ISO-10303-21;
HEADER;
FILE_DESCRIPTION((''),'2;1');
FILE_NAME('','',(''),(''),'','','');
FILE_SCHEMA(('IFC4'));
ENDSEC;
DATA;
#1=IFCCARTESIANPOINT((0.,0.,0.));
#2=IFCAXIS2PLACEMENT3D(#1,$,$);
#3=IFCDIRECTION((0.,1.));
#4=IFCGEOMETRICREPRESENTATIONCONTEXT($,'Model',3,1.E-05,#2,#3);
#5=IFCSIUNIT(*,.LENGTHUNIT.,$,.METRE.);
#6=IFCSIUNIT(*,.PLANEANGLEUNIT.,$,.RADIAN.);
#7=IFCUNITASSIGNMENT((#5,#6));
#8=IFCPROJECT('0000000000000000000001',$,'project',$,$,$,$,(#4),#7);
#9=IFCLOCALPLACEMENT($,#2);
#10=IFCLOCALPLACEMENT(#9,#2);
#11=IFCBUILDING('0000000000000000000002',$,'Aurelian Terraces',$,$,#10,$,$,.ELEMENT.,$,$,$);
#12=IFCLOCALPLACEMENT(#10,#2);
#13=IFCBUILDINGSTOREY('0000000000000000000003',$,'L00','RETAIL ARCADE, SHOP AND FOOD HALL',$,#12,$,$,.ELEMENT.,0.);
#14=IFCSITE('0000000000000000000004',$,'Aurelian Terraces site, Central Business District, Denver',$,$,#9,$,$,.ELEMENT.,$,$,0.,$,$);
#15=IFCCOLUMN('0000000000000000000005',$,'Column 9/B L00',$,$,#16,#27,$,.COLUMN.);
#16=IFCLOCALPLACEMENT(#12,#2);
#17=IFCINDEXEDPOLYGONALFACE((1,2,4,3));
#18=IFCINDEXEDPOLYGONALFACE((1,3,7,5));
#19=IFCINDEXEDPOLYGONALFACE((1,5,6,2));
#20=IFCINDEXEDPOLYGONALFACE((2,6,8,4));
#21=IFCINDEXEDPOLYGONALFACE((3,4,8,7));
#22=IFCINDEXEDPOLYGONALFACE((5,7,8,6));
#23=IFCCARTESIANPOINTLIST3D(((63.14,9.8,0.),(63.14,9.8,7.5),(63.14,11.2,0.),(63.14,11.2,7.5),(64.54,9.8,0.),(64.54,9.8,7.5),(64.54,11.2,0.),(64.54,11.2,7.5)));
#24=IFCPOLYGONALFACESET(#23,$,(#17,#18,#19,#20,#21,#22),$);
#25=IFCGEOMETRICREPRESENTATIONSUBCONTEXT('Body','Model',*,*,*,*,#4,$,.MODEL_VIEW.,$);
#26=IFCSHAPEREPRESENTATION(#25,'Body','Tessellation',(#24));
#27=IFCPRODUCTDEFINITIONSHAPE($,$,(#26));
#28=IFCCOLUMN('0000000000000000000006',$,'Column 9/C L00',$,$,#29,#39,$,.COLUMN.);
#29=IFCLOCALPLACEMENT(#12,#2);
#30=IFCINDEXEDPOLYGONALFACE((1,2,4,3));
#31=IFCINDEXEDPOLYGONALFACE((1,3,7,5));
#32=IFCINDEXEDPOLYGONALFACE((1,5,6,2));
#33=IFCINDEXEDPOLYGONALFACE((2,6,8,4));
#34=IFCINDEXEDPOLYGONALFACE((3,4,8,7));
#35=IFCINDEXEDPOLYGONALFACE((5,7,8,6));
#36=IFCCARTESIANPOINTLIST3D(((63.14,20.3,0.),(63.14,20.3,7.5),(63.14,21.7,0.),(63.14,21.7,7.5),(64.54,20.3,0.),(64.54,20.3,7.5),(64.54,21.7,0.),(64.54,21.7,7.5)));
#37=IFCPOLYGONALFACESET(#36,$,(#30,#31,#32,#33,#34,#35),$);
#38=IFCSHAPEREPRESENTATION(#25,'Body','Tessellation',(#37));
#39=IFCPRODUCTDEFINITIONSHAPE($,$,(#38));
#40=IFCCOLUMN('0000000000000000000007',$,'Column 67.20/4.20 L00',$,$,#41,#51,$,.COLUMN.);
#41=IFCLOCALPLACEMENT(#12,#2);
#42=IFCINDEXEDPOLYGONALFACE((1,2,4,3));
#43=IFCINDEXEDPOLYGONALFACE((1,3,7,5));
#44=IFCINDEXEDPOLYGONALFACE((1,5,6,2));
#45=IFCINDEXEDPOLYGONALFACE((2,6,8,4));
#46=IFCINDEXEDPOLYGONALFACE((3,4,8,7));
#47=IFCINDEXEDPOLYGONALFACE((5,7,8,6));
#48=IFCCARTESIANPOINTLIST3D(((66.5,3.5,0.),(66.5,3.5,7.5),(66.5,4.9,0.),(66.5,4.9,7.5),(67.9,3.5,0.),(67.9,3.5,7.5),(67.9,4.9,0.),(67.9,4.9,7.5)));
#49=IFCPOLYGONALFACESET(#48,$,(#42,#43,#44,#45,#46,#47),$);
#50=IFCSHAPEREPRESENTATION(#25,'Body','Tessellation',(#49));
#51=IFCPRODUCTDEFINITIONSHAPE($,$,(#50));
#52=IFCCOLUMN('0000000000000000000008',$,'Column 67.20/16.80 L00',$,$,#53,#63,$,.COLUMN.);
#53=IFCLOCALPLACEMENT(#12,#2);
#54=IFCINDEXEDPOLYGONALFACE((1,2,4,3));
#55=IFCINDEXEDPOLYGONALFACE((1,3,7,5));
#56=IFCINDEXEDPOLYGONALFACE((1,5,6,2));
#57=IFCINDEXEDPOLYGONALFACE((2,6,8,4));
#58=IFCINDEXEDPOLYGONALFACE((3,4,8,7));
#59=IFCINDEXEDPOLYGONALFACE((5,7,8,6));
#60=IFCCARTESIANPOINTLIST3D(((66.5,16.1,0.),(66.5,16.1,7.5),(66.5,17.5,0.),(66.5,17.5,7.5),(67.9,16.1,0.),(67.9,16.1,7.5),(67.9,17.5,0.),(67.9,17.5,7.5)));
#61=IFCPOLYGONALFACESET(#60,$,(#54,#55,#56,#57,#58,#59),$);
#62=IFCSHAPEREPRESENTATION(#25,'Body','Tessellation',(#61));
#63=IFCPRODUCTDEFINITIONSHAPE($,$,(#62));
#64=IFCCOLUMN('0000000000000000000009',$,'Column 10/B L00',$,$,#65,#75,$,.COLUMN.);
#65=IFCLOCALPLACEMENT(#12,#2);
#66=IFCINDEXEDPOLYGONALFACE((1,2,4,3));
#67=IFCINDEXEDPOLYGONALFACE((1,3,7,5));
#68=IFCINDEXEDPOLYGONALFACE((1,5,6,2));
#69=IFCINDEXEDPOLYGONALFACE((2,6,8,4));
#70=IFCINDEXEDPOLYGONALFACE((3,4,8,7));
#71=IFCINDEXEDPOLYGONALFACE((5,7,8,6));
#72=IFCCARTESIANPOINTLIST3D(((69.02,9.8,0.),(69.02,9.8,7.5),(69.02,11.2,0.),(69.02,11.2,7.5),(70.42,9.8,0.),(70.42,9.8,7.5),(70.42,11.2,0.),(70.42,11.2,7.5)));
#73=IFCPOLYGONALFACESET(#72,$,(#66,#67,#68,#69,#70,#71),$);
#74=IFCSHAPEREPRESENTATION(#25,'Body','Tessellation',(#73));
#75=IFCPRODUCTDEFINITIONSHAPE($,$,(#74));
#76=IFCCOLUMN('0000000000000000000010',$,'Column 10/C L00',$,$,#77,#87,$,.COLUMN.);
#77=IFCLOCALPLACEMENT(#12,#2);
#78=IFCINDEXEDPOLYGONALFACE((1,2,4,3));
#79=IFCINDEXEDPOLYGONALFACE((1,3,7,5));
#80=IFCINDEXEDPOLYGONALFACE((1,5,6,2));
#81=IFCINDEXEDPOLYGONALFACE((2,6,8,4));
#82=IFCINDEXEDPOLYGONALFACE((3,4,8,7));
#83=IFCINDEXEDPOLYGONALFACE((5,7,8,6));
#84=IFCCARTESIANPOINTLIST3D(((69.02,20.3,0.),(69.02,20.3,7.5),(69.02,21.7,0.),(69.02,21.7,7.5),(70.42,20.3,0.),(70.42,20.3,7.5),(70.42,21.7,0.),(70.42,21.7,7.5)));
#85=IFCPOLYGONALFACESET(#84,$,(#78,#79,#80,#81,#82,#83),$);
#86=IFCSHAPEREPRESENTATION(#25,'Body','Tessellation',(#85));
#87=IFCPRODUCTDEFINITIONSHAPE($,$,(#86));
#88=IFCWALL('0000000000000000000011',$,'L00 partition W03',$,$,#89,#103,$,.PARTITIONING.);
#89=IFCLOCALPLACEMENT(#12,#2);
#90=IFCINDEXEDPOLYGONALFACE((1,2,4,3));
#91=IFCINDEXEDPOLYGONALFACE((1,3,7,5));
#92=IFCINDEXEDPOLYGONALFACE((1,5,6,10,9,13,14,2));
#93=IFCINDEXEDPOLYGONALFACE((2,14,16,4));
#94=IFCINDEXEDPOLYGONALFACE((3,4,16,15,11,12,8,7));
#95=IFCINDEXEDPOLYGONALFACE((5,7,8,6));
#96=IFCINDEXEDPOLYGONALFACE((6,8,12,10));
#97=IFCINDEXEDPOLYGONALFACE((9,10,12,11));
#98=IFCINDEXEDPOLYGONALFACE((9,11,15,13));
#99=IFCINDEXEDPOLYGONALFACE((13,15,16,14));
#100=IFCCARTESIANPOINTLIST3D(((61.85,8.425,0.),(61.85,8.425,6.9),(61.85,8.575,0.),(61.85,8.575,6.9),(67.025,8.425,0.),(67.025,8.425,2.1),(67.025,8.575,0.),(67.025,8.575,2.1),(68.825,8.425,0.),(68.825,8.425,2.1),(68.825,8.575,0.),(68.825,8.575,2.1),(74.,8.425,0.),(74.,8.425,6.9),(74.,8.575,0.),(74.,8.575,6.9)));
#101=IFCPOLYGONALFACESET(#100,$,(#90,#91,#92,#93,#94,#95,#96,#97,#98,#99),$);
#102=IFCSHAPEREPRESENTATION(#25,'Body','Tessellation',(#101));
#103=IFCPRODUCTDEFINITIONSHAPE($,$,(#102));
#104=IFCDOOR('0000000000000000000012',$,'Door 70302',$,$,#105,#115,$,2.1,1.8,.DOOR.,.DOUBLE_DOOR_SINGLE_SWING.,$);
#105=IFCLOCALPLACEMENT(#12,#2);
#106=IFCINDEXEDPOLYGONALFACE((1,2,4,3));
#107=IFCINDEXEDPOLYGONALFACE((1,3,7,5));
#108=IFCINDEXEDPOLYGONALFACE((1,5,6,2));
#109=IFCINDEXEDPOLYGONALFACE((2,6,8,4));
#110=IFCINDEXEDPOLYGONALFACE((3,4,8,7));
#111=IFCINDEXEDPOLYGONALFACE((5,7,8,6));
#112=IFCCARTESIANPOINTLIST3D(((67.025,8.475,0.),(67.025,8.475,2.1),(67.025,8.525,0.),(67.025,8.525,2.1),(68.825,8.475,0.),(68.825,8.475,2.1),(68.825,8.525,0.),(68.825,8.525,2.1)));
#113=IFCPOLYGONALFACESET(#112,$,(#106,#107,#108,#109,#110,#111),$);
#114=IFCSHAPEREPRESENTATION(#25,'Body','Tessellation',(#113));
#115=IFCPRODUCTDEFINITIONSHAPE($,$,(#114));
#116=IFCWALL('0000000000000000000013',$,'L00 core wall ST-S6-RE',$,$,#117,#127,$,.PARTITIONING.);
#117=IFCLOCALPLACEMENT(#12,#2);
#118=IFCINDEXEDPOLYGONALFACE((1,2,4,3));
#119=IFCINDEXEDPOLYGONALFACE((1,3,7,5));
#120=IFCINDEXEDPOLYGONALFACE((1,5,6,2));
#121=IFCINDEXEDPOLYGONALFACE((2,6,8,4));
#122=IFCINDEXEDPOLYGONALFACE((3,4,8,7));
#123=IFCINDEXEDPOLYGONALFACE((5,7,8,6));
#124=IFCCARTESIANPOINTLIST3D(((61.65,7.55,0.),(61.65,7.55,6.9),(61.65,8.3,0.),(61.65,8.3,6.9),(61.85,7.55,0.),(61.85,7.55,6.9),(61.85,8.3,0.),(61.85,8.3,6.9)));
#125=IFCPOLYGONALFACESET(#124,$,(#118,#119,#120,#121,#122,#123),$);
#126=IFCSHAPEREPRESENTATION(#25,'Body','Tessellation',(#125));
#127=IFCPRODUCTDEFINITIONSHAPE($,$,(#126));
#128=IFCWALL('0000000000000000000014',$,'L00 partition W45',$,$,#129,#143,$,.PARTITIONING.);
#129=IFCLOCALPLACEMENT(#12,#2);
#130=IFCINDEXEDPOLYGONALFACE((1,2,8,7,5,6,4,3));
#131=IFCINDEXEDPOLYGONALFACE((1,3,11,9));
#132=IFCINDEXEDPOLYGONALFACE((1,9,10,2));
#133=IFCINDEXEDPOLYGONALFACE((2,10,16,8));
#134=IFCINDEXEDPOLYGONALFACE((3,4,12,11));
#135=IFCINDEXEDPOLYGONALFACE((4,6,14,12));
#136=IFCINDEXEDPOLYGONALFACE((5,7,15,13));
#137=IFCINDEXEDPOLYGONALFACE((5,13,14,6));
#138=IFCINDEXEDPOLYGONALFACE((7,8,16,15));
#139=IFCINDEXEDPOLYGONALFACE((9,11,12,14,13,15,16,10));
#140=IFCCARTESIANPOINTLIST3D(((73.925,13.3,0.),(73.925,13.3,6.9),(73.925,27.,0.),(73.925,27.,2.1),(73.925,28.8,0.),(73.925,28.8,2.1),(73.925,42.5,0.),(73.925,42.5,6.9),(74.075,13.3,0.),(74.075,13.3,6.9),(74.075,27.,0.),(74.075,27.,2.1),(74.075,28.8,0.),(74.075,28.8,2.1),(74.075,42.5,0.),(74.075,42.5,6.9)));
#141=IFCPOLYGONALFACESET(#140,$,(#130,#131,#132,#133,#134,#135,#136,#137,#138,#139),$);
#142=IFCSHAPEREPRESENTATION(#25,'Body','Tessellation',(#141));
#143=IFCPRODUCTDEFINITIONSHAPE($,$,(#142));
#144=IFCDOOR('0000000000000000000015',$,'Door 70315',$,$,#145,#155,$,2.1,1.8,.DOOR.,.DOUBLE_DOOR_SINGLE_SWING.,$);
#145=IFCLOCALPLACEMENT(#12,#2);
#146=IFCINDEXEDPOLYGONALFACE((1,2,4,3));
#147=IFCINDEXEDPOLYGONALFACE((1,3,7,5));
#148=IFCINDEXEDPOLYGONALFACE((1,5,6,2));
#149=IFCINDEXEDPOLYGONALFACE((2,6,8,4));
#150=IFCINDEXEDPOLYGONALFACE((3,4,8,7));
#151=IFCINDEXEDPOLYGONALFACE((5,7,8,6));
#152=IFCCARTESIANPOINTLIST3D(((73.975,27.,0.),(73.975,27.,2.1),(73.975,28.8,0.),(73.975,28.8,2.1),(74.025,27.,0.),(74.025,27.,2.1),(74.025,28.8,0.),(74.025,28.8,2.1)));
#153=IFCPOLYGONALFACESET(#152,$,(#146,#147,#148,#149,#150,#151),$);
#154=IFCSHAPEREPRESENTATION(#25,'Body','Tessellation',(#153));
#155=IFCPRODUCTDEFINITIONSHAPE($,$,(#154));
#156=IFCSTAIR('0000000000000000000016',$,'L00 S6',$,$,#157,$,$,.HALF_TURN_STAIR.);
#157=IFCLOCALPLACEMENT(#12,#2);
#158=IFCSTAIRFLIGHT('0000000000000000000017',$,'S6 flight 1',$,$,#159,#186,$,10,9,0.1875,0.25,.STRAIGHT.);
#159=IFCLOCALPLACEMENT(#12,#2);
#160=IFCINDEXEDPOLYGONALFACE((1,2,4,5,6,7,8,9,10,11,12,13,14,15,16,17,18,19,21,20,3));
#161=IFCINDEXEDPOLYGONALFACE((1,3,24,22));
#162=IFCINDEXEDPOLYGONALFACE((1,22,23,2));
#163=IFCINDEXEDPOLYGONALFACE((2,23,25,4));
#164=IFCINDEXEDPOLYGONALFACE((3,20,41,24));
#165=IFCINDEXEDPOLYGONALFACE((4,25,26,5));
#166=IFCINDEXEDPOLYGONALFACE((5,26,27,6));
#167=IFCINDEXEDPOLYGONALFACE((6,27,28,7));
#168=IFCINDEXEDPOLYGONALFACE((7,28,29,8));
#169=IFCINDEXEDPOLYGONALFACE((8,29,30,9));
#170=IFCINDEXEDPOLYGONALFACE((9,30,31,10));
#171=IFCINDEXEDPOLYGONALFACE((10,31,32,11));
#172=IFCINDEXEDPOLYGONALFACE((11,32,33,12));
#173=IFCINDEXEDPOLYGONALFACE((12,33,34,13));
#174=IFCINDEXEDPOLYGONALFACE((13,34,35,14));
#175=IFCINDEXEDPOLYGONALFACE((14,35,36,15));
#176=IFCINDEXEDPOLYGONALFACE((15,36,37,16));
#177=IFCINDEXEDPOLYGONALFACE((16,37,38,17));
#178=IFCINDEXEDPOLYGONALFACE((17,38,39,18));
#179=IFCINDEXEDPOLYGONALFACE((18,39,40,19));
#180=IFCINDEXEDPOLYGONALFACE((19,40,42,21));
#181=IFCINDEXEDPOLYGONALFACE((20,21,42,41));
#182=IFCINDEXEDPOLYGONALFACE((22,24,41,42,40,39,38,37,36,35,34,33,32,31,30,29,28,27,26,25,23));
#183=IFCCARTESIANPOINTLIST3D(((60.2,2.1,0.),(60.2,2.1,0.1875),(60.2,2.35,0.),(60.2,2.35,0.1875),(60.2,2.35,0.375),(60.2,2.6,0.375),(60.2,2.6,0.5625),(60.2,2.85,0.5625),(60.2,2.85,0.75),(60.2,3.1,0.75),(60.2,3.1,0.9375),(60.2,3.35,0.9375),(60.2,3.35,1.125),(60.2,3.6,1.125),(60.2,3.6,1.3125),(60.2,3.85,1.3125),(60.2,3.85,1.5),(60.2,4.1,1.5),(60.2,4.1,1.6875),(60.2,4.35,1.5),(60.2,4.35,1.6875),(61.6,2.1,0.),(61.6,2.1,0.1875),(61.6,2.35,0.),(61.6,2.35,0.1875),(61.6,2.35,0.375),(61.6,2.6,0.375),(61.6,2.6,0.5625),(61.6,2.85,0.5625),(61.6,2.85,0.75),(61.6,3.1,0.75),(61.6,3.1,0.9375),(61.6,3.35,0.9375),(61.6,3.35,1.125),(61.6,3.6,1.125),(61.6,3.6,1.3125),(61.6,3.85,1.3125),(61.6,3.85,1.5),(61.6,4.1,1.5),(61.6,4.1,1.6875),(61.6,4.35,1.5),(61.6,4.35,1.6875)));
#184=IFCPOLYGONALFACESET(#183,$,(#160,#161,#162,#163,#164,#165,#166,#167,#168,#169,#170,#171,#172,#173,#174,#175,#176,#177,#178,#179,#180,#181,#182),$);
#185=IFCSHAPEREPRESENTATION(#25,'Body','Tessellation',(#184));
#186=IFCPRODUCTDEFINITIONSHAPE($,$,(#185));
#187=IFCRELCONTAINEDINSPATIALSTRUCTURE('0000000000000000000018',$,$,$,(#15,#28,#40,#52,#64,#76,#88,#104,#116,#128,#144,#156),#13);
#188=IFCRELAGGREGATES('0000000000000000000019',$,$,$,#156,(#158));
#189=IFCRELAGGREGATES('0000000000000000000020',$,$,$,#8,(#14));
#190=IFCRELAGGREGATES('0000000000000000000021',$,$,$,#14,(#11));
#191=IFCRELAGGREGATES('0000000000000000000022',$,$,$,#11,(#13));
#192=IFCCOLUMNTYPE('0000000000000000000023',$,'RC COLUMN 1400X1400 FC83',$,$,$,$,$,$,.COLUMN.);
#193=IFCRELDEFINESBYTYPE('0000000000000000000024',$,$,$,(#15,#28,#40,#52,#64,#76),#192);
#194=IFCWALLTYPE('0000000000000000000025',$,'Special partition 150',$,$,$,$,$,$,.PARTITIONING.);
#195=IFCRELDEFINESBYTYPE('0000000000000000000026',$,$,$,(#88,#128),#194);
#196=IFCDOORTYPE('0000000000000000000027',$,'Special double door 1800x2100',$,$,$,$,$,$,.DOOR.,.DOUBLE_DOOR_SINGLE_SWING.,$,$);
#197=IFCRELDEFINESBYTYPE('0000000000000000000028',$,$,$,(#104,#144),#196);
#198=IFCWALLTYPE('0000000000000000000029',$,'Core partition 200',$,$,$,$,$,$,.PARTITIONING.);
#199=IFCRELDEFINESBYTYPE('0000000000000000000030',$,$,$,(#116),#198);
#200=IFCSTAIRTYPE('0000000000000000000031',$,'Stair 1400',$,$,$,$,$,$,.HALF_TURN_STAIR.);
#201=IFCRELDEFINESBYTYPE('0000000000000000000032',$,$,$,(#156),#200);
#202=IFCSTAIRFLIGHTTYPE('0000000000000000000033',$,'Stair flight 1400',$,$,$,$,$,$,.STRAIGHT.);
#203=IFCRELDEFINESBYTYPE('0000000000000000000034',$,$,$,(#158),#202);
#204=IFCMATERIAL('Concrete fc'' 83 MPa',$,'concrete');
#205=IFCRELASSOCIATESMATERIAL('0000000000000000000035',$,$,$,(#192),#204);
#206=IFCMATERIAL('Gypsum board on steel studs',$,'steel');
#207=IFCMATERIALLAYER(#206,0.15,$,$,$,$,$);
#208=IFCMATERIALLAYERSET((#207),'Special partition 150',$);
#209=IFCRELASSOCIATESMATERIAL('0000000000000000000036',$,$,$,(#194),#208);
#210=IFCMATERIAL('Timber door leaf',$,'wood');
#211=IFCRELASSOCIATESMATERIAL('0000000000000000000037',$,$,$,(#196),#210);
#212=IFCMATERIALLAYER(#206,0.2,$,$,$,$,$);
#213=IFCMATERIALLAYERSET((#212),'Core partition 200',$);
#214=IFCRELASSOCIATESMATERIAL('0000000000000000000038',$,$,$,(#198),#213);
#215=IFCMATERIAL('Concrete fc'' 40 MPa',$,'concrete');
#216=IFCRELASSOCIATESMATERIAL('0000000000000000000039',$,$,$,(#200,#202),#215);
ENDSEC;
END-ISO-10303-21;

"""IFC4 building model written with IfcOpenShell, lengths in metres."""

from ifc_helpers import new_model, si_unit, direction, frame, frame_2d, origin, origin_2d, place, context, subcontext, project, spatial, polyline, rectangle, outline, extrude, source, transform, mapped, material, layer, layer_set, material_profile, profile_set, type_object, element, fill, aggregate, save


model = new_model("IFC4")

# Units and contexts
model_context = context("Model", 3, precision=1e-05, world=origin(), true_north=direction((0.0, 1.0)))
body_context = subcontext(model_context, "Body", "Model", "MODEL_VIEW")
ifc_project = project(units=[si_unit("LENGTHUNIT", "METRE"), si_unit("PLANEANGLEUNIT", "RADIAN")], contexts=[model_context])

# Site, building, storey
site_placement = place(None, origin())
site = spatial("IfcSite", under=ifc_project, at=site_placement, Name="Aurelian Terraces site, Central Business District, Denver", CompositionType="ELEMENT", RefElevation=0.0)
building_placement = place(site_placement, origin())
building = spatial("IfcBuilding", under=site, at=building_placement, Name="Aurelian Terraces", CompositionType="ELEMENT")
storey_placement = place(building_placement, origin())
storey = spatial("IfcBuildingStorey", under=building, at=storey_placement, Name="L00", Description="RETAIL ARCADE, SHOP AND FOOD HALL", CompositionType="ELEMENT", Elevation=0.0)

# Columns
ifc_material_1 = material(Name="Concrete fc' 83 MPa", Category="concrete")
ifc_material_profile = material_profile(ifc_material_1, rectangle(XDim=1.4, YDim=1.4, at=origin_2d()))
ifc_profile_set = profile_set([ifc_material_profile], Name="Concrete fc' 83 MPa")
column_type = type_object("IfcColumnType", Name="RC COLUMN 1400X1400 FC83", PredefinedType="COLUMN", material=ifc_profile_set)
shared_shape_1 = source(origin(), body_context, "Body", "SweptSolid", [
    extrude(rectangle(XDim=1.4, YDim=1.4, at=origin_2d()), origin(), (0.0, 0.0, 1.0), 7.5),
])
for number, where, z_axis, x_axis, name in (
    (1, (63.84, 10.5, 0.0), (0.0, 0.0, 1.0), (1.0, 0.0, 0.0), "Column 9/B L00"),
    (2, (63.84, 21.0, 0.0), (0.0, 0.0, 1.0), (1.0, 0.0, 0.0), "Column 9/C L00"),
    (3, (67.2, 4.2, 0.0), (0.0, 0.0, 1.0), (1.0, 0.0, 0.0), "Column 67.20/4.20 L00"),
    (4, (67.2, 16.8, 0.0), (0.0, 0.0, 1.0), (1.0, 0.0, 0.0), "Column 67.20/16.80 L00"),
    (5, (69.72, 10.5, 0.0), (0.0, 0.0, 1.0), (1.0, 0.0, 0.0), "Column 10/B L00"),
    (6, (69.72, 21.0, 0.0), (0.0, 0.0, 1.0), (1.0, 0.0, 0.0), "Column 10/C L00"),
):
    element("IfcColumn", number, at=place(storey_placement, frame(where, z_axis=z_axis, x_axis=x_axis)), inside=storey, type_object=column_type, Name=name, PredefinedType="COLUMN", context=body_context, shape_type="MappedRepresentation", body=[
        mapped(shared_shape_1, transform((0.0, 0.0, 0.0), scale=1.0)),
    ])

# Wall, opening, door
ifc_material_2 = material(Name="Gypsum board on steel studs", Category="steel")
ifc_layer_1 = layer(ifc_material_2, 0.15)
ifc_layer_set_1 = layer_set([ifc_layer_1], Name="Special partition 150")
wall_type_1 = type_object("IfcWallType", Name="Special partition 150", PredefinedType="PARTITIONING", material=ifc_layer_set_1)
wall_1_placement = place(storey_placement, frame((61.85, 8.5, 0.0), z_axis=(0.0, 0.0, 1.0), x_axis=(1.0, 0.0, 0.0)))
wall_1 = element("IfcWall", 7, at=wall_1_placement, inside=storey, type_object=wall_type_1, Name="L00 partition W03", PredefinedType="PARTITIONING", context=body_context, shape_type="SweptSolid", body=[
    extrude(rectangle(XDim=12.15, YDim=0.15, at=frame_2d((6.075, 0.0))), origin(), (0.0, 0.0, 1.0), 6.9),
])
shared_shape_2 = source(origin(), body_context, "Body", "SweptSolid", [
    extrude(rectangle(XDim=1.8, YDim=2.1, at=frame_2d((0.9, 1.05))), frame((0.0, 0.085, 0.0), z_axis=(0.0, -1.0, 0.0), x_axis=(1.0, 0.0, 0.0)), (0.0, 0.0, 1.0), 0.17),
])
opening_1_placement = place(wall_1_placement, frame((5.175, 0.0, 0.0)))
opening_1 = element("IfcOpeningElement", 8, at=opening_1_placement, cuts=wall_1, PredefinedType="OPENING", context=body_context, shape_type="MappedRepresentation", body=[
    mapped(shared_shape_2, transform((0.0, 0.0, 0.0), scale=1.0)),
])
ifc_material_3 = material(Name="Timber door leaf", Category="wood")
door_type = type_object("IfcDoorType", Name="Special double door 1800x2100", OperationType="DOUBLE_DOOR_SINGLE_SWING", PredefinedType="DOOR", material=ifc_material_3)
shared_shape_3 = source(origin(), body_context, "Body", "SweptSolid", [
    extrude(rectangle(XDim=1.8, YDim=2.1, at=frame_2d((0.9, 1.05))), frame((0.0, 0.025, 0.0), z_axis=(0.0, -1.0, 0.0), x_axis=(1.0, 0.0, 0.0)), (0.0, 0.0, 1.0), 0.05),
])
door_1_placement = place(opening_1_placement, origin())
door_1 = element("IfcDoor", 9, at=door_1_placement, inside=storey, type_object=door_type, Name="Door 70302", OperationType="DOUBLE_DOOR_SINGLE_SWING", OverallHeight=2.1, OverallWidth=1.8, PredefinedType="DOOR", context=body_context, shape_type="MappedRepresentation", body=[
    mapped(shared_shape_3, transform((0.0, 0.0, 0.0), scale=1.0)),
])
fill(opening_1, door_1)

# Wall
ifc_layer_2 = layer(ifc_material_2, 0.2)
ifc_layer_set_2 = layer_set([ifc_layer_2], Name="Core partition 200")
wall_type_2 = type_object("IfcWallType", Name="Core partition 200", PredefinedType="PARTITIONING", material=ifc_layer_set_2)
shared_shape_4 = source(origin(), body_context, "Body", "SweptSolid", [
    extrude(rectangle(XDim=0.75, YDim=0.2, at=frame_2d((0.375, 0.0))), origin(), (0.0, 0.0, 1.0), 6.9),
])
wall_2_placement = place(storey_placement, frame((61.75, 7.55, 0.0), z_axis=(0.0, 0.0, 1.0), x_axis=(0.0, 1.0, 0.0)))
element("IfcWall", 10, at=wall_2_placement, inside=storey, type_object=wall_type_2, Name="L00 core wall ST-S6-RE", PredefinedType="PARTITIONING", context=body_context, shape_type="MappedRepresentation", body=[
    mapped(shared_shape_4, transform((0.0, 0.0, 0.0), scale=1.0)),
])

# Wall, opening, door
shared_shape_5 = source(origin(), body_context, "Body", "SweptSolid", [
    extrude(rectangle(XDim=29.2, YDim=0.15, at=frame_2d((14.6, 0.0))), origin(), (0.0, 0.0, 1.0), 6.9),
])
wall_3_placement = place(storey_placement, frame((74.0, 13.3, 0.0), z_axis=(0.0, 0.0, 1.0), x_axis=(0.0, 1.0, 0.0)))
wall_3 = element("IfcWall", 11, at=wall_3_placement, inside=storey, type_object=wall_type_1, Name="L00 partition W45", PredefinedType="PARTITIONING", context=body_context, shape_type="MappedRepresentation", body=[
    mapped(shared_shape_5, transform((0.0, 0.0, 0.0), scale=1.0)),
])
opening_2_placement = place(wall_3_placement, frame((13.7, 0.0, 0.0)))
opening_2 = element("IfcOpeningElement", 12, at=opening_2_placement, cuts=wall_3, PredefinedType="OPENING", context=body_context, shape_type="MappedRepresentation", body=[
    mapped(shared_shape_2, transform((0.0, 0.0, 0.0), scale=1.0)),
])
door_2_placement = place(opening_2_placement, origin())
door_2 = element("IfcDoor", 13, at=door_2_placement, inside=storey, type_object=door_type, Name="Door 70315", OperationType="DOUBLE_DOOR_SINGLE_SWING", OverallHeight=2.1, OverallWidth=1.8, PredefinedType="DOOR", context=body_context, shape_type="MappedRepresentation", body=[
    mapped(shared_shape_3, transform((0.0, 0.0, 0.0), scale=1.0)),
])
fill(opening_2, door_2)

# Stair, stair flight
ifc_material_4 = material(Name="Concrete fc' 40 MPa", Category="concrete")
stair_type = type_object("IfcStairType", Name="Stair 1400", PredefinedType="HALF_TURN_STAIR", material=ifc_material_4)
stair_placement = place(storey_placement, origin())
stair = element("IfcStair", 14, at=stair_placement, inside=storey, type_object=stair_type, Name="L00 S6", PredefinedType="HALF_TURN_STAIR")
stair_flight_type = type_object("IfcStairFlightType", Name="Stair flight 1400", PredefinedType="STRAIGHT", material=ifc_material_4)
shared_shape_6 = source(origin(), body_context, "Body", "SweptSolid", [
    extrude(outline(polyline([(0.0, 0.0), (0.0, 0.1875), (0.25, 0.1875), (0.25, 0.375), (0.5, 0.375), (0.5, 0.5625), (0.75, 0.5625), (0.75, 0.75), (1.0, 0.75), (1.0, 0.9375), (1.25, 0.9375), (1.25, 1.125), (1.5, 1.125), (1.5, 1.3125), (1.75, 1.3125), (1.75, 1.5), (2.0, 1.5), (2.0, 1.6875), (2.25, 1.6875), (2.25, 1.875), (2.25, 1.5), (0.25, 0.0), (0.0, 0.0)])), frame((0.0, 0.7, 0.0), z_axis=(0.0, -1.0, 0.0), x_axis=(1.0, 0.0, 0.0)), (0.0, 0.0, 1.0), 1.4),
])
stair_flight_1_placement = place(storey_placement, frame((60.9, 2.1, 0.0), z_axis=(0.0, 0.0, 1.0), x_axis=(0.0, 1.0, 0.0)))
stair_flight_1 = element("IfcStairFlight", 15, at=stair_flight_1_placement, type_object=stair_flight_type, Name="S6 flight 1", NumberOfRisers=10, NumberOfTreads=9, PredefinedType="STRAIGHT", RiserHeight=0.1875, TreadLength=0.25, context=body_context, shape_type="MappedRepresentation", body=[
    mapped(shared_shape_6, transform((0.0, 0.0, 0.0), scale=1.0)),
])
aggregate(stair, [stair_flight_1])

save(model, "model.ifc")
